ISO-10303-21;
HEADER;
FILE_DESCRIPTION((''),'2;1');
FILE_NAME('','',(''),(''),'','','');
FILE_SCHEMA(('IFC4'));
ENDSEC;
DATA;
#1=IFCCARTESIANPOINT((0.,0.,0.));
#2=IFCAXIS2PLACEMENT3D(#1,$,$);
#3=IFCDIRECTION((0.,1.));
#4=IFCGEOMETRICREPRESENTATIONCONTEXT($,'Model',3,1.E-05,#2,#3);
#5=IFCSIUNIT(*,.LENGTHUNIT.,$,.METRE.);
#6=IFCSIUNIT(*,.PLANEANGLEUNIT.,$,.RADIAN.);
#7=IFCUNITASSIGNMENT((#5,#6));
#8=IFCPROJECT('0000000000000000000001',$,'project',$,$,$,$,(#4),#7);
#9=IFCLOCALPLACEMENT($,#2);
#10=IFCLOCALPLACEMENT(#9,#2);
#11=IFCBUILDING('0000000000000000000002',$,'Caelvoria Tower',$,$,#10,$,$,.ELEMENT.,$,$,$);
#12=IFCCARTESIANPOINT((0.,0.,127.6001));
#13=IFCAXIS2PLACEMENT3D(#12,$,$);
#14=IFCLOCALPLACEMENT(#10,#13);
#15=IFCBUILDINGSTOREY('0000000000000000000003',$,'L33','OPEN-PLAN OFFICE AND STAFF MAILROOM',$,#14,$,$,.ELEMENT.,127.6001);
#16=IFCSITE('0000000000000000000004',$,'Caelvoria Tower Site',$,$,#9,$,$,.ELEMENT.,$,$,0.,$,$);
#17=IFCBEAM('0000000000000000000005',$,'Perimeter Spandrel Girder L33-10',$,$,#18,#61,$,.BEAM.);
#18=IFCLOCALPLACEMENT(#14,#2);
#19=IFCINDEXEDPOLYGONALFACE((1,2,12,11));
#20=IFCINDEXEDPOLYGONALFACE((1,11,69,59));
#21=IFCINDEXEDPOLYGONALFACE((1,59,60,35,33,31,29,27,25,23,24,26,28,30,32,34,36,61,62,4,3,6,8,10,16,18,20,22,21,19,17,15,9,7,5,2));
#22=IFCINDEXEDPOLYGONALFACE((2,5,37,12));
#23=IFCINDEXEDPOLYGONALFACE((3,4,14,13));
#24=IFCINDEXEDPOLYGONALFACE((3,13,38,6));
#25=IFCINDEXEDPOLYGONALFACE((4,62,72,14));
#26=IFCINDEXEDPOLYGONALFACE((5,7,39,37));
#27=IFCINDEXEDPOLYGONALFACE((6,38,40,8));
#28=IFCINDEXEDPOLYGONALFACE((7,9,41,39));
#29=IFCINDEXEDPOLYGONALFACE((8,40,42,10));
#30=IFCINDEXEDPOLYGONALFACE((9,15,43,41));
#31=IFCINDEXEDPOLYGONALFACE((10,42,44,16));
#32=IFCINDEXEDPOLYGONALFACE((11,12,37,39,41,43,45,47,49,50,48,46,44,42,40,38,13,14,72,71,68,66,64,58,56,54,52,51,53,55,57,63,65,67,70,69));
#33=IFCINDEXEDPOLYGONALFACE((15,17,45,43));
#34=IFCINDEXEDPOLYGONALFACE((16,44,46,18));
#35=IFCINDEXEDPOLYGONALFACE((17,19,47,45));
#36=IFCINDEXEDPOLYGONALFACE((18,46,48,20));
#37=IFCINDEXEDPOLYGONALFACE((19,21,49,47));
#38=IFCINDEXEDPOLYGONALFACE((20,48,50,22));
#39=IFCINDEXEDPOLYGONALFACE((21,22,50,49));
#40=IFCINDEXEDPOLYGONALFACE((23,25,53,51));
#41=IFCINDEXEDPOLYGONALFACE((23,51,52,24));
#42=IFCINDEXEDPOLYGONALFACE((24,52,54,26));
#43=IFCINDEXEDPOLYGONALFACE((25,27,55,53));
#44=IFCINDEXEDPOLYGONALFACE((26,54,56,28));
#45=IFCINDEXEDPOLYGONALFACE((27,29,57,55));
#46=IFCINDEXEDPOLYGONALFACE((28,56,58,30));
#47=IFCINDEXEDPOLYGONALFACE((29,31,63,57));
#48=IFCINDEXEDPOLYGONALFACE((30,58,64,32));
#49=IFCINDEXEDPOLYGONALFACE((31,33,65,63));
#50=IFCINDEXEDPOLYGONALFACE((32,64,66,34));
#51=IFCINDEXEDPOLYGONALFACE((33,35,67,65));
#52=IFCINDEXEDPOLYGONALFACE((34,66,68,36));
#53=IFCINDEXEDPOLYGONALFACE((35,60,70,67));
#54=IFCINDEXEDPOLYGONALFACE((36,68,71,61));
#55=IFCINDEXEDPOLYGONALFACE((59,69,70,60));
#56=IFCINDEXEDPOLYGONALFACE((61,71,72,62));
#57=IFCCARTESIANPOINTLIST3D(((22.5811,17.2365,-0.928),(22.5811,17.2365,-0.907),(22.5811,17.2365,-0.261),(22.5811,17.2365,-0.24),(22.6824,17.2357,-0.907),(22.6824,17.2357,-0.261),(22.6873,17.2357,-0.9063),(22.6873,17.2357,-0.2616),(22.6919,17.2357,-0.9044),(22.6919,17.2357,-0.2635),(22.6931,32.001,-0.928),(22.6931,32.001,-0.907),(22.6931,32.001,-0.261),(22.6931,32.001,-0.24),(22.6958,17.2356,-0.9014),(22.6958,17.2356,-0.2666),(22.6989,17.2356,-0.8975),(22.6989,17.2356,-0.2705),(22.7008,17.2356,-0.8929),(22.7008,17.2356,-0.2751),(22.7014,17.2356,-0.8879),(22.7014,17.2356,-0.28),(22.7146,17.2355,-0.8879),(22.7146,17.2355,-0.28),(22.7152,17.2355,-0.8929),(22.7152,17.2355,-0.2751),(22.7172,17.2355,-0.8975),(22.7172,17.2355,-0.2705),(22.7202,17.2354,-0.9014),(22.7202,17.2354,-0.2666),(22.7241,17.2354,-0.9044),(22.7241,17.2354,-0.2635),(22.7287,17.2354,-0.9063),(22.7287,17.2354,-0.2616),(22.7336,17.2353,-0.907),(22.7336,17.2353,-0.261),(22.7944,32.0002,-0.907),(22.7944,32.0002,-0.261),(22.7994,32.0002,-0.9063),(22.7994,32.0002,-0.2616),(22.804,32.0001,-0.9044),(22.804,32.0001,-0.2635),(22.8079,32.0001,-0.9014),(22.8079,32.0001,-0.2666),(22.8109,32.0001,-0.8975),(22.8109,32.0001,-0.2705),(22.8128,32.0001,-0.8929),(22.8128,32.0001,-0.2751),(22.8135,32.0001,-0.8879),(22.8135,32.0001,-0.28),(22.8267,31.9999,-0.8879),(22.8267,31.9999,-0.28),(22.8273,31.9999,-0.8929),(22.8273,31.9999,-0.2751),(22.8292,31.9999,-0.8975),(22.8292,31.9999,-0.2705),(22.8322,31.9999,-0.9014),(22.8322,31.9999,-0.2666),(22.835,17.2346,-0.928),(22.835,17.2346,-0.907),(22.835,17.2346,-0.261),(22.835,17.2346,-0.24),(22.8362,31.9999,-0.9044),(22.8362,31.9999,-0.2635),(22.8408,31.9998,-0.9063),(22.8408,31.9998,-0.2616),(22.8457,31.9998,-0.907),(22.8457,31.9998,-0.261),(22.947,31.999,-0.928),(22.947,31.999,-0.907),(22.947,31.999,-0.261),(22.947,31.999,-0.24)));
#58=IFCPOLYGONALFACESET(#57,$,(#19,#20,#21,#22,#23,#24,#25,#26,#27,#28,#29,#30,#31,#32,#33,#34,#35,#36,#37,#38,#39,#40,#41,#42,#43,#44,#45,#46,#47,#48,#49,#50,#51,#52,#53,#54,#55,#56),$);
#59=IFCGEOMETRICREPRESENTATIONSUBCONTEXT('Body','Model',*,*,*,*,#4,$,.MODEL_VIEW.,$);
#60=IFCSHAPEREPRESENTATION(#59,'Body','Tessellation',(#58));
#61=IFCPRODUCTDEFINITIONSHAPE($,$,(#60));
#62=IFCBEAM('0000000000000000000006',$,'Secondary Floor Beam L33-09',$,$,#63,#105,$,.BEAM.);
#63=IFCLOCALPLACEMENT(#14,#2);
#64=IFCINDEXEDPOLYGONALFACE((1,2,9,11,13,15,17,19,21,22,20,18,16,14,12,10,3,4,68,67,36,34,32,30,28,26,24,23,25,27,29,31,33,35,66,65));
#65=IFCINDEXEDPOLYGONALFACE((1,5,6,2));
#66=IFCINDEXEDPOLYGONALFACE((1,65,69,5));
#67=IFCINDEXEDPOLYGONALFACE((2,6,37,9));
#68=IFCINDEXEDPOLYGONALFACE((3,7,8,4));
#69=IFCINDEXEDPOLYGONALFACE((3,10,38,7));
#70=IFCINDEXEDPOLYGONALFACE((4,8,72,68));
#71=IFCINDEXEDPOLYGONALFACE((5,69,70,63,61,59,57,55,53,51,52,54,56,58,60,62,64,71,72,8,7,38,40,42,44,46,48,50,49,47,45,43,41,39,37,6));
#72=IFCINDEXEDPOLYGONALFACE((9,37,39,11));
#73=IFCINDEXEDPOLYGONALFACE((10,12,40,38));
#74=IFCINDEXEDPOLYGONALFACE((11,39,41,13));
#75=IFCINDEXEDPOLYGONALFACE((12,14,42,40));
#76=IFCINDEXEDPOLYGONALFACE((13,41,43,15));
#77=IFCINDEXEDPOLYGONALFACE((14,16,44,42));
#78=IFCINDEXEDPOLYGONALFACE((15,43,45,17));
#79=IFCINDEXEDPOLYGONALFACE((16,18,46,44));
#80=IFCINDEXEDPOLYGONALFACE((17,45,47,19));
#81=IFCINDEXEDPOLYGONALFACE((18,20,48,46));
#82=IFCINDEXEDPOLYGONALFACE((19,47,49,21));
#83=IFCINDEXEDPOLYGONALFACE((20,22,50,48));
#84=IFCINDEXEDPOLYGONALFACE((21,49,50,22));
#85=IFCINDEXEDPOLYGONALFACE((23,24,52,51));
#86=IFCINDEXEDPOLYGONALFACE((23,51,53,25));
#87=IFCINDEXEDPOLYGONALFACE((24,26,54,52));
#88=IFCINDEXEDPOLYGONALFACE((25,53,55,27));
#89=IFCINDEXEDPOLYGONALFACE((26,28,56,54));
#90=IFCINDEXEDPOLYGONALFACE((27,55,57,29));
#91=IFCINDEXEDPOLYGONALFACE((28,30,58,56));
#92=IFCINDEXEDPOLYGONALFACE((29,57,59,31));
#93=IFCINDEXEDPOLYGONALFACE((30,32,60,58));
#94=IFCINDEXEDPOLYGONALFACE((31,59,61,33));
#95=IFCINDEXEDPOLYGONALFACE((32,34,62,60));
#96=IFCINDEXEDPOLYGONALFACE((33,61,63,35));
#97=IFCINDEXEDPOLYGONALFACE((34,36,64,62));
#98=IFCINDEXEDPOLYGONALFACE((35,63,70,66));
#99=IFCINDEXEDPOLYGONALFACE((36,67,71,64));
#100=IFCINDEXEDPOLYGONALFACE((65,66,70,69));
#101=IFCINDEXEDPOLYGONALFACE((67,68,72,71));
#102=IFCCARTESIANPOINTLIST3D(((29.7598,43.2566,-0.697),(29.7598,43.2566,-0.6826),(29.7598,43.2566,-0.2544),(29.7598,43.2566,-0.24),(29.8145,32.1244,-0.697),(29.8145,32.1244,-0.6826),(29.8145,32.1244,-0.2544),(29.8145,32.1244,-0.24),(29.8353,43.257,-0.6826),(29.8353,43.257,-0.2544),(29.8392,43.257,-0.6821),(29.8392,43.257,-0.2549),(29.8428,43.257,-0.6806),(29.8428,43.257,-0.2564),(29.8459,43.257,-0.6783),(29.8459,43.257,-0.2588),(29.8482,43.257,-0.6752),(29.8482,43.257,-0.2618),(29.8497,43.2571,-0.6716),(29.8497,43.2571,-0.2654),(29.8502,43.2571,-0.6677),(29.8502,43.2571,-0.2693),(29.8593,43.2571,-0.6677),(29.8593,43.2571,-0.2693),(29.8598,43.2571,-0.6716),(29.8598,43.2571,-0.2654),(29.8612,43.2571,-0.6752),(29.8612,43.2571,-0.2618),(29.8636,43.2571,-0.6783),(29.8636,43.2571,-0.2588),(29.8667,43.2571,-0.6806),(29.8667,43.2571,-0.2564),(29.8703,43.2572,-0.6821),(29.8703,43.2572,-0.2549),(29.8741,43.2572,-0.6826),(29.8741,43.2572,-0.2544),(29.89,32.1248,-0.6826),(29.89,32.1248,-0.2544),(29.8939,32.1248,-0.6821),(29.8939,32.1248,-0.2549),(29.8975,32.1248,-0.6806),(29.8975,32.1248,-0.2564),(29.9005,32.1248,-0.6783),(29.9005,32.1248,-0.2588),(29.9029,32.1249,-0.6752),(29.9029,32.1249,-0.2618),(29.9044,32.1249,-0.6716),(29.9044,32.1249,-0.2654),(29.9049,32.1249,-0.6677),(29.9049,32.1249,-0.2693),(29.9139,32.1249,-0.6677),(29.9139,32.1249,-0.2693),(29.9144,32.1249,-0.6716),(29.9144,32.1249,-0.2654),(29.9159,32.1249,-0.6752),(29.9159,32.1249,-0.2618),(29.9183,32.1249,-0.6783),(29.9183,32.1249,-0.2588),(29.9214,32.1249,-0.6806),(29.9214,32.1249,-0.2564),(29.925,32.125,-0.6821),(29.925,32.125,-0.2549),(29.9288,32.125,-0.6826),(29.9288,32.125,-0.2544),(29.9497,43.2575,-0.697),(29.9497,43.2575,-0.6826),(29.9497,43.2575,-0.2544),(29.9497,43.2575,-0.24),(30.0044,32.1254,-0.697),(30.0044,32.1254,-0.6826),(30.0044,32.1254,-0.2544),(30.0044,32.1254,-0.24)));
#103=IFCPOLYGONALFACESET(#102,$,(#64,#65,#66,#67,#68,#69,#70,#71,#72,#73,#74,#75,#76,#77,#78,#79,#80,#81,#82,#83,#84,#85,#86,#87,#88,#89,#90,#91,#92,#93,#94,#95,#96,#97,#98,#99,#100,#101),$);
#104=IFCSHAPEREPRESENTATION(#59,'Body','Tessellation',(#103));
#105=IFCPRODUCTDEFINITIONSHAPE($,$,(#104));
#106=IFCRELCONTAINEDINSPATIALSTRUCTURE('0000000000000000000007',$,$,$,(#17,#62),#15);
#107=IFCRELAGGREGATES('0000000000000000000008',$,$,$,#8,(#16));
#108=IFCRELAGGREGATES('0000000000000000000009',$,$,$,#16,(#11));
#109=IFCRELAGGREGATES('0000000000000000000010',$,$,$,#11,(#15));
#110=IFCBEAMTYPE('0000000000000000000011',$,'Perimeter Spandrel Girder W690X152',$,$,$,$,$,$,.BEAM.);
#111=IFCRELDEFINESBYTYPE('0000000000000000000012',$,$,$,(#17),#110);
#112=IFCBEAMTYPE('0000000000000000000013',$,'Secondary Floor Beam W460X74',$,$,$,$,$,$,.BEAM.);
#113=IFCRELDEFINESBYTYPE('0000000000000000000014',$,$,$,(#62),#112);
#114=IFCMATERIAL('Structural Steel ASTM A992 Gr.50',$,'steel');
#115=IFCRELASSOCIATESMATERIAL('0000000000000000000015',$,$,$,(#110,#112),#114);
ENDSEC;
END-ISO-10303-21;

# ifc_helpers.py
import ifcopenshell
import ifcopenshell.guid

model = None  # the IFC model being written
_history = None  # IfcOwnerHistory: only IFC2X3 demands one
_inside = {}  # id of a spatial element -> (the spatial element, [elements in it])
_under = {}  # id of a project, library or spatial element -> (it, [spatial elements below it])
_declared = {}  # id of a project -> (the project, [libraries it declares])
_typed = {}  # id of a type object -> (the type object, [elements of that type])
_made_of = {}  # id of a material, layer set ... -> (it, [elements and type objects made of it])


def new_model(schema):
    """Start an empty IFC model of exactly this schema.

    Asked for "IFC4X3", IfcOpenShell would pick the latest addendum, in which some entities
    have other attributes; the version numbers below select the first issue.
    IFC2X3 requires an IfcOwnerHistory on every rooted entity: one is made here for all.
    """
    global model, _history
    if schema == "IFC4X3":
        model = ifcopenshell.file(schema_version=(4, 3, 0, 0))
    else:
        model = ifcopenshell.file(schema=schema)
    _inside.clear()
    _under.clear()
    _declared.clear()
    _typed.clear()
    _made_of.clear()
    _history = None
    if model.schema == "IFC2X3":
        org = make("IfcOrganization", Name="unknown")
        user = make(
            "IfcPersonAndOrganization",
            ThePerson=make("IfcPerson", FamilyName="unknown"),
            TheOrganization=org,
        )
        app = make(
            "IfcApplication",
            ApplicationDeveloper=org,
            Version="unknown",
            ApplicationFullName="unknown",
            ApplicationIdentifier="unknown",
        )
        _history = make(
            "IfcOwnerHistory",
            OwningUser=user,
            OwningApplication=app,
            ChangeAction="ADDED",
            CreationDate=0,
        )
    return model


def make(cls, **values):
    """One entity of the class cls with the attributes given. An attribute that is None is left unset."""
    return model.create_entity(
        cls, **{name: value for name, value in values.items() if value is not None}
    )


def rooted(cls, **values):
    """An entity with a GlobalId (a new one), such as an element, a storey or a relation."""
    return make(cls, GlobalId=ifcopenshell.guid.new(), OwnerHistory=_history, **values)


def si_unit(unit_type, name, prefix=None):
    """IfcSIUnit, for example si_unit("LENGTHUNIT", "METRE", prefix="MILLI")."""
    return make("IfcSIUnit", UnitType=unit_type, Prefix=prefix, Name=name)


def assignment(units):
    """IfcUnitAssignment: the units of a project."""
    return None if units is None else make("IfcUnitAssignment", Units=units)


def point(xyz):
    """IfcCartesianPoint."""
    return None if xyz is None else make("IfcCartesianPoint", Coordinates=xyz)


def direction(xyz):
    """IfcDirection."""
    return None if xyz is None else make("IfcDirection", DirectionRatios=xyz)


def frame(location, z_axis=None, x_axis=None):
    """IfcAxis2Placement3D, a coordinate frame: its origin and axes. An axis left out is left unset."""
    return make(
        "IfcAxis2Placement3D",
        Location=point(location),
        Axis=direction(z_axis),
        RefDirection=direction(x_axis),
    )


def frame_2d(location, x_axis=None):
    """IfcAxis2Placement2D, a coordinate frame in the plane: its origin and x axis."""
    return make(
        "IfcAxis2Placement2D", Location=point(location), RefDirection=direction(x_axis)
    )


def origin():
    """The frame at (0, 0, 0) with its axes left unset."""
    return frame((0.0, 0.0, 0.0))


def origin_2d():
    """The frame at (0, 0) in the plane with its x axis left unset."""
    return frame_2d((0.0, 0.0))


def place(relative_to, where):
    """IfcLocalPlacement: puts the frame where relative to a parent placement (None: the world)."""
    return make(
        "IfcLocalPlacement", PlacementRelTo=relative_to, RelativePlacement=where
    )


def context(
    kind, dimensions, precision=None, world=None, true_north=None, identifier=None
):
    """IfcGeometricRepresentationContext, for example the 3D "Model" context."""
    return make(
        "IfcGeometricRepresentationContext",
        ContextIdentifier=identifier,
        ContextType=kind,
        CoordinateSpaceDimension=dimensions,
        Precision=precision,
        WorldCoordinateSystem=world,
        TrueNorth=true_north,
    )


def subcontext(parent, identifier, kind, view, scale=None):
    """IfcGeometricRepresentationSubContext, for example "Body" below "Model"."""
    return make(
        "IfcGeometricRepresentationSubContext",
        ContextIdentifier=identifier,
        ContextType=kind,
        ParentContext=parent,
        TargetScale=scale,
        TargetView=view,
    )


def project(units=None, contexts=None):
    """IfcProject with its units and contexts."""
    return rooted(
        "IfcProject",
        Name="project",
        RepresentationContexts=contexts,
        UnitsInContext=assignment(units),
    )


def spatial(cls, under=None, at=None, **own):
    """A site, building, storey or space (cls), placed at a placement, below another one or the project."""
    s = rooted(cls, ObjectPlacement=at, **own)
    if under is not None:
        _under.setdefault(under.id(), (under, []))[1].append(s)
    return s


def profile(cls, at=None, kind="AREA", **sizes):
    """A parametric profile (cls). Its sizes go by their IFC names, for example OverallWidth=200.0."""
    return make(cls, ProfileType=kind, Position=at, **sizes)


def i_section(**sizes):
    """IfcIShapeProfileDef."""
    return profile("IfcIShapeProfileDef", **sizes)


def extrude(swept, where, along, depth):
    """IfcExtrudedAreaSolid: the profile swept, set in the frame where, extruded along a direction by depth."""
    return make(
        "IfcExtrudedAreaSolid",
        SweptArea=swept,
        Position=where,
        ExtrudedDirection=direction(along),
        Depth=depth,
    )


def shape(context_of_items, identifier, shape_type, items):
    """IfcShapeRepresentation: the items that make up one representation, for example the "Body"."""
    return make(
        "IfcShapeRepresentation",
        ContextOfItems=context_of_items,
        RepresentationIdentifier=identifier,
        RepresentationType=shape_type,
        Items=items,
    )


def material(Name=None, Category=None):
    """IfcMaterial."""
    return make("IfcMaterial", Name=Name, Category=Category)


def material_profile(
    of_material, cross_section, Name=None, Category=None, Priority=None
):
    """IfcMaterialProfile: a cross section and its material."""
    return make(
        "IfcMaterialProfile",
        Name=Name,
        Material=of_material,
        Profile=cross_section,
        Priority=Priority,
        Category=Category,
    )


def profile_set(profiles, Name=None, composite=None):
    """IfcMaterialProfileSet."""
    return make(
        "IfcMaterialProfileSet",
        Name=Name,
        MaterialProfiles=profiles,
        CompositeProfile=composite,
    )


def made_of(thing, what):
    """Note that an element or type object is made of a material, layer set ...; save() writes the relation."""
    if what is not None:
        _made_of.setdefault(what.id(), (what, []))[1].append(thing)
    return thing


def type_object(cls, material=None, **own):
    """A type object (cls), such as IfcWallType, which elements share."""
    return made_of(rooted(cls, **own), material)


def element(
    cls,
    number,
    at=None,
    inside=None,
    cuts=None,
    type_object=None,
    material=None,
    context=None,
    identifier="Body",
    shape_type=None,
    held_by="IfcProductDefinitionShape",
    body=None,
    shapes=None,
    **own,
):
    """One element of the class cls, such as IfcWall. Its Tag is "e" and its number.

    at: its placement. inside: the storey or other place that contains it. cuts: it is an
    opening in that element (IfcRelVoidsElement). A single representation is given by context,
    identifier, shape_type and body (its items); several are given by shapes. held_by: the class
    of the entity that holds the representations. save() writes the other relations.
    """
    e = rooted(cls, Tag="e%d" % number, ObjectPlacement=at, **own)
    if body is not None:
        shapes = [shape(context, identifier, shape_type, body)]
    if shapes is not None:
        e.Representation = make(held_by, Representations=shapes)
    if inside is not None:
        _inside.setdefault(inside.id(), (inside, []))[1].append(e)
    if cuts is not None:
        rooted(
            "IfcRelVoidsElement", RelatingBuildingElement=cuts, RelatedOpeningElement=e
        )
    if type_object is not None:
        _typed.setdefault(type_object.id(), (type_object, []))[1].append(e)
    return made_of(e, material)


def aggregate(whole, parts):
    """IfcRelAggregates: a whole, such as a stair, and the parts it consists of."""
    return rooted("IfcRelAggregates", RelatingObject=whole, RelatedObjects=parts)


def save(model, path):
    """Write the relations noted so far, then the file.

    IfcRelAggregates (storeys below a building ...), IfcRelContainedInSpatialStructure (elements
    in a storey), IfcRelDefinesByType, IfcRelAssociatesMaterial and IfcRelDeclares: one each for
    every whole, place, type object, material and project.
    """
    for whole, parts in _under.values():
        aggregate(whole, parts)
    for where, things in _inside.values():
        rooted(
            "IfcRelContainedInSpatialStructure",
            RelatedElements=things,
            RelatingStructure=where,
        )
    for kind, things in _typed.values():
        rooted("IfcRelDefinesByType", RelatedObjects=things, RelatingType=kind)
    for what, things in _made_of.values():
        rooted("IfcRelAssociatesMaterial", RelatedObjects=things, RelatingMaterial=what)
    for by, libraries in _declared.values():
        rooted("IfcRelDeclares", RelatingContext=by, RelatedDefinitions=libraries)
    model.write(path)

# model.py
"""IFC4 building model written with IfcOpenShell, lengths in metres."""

from ifc_helpers import new_model, si_unit, direction, frame, origin, origin_2d, place, context, subcontext, project, spatial, i_section, extrude, material, material_profile, profile_set, type_object, element, save


model = new_model("IFC4")

# Units and contexts
model_context = context("Model", 3, precision=1e-05, world=origin(), true_north=direction((0.0, 1.0)))
body_context = subcontext(model_context, "Body", "Model", "MODEL_VIEW")
ifc_project = project(units=[si_unit("LENGTHUNIT", "METRE"), si_unit("PLANEANGLEUNIT", "RADIAN")], contexts=[model_context])

# Site, building, storey
site_placement = place(None, origin())
site = spatial("IfcSite", under=ifc_project, at=site_placement, Name="Caelvoria Tower Site", CompositionType="ELEMENT", RefElevation=0.0)
building_placement = place(site_placement, origin())
building = spatial("IfcBuilding", under=site, at=building_placement, Name="Caelvoria Tower", CompositionType="ELEMENT")
storey_placement = place(building_placement, frame((0.0, 0.0, 127.6001)))
storey = spatial("IfcBuildingStorey", under=building, at=storey_placement, Name="L33", Description="OPEN-PLAN OFFICE AND STAFF MAILROOM", CompositionType="ELEMENT", Elevation=127.6001)

# Beams
ifc_material_1 = material(Name="Structural Steel ASTM A992 Gr.50", Category="steel")
ifc_material_profile_1 = material_profile(ifc_material_1, i_section(OverallWidth=0.2539, OverallDepth=0.688, WebThickness=0.0132, FlangeThickness=0.021, FilletRadius=0.019, at=origin_2d()), Name="Structural Steel ASTM A992 Gr.50")
ifc_profile_set_1 = profile_set([ifc_material_profile_1], Name="W690X152 - Structural Steel ASTM A992 Gr.50")
beam_type_1 = type_object("IfcBeamType", Name="Perimeter Spandrel Girder W690X152", PredefinedType="BEAM", material=ifc_profile_set_1)
beam_1_placement = place(storey_placement, frame((22.8201, 32.0, -0.584), z_axis=(-0.00759, -0.999971, 0.0), x_axis=(0.999971, -0.00759, 0.0)))
element("IfcBeam", 1, at=beam_1_placement, inside=storey, type_object=beam_type_1, Name="Perimeter Spandrel Girder L33-10", PredefinedType="BEAM", context=body_context, shape_type="SweptSolid", body=[
    extrude(i_section(OverallWidth=0.2539, OverallDepth=0.688, WebThickness=0.0132, FlangeThickness=0.021, FilletRadius=0.019, at=origin_2d()), origin(), (0.0, 0.0, 1.0), 14.7649),
])
ifc_material_profile_2 = material_profile(ifc_material_1, i_section(OverallWidth=0.1899, OverallDepth=0.457, WebThickness=0.009, FlangeThickness=0.0144, FilletRadius=0.0149, at=origin_2d()), Name="Structural Steel ASTM A992 Gr.50")
ifc_profile_set_2 = profile_set([ifc_material_profile_2], Name="W460X74 - Structural Steel ASTM A992 Gr.50")
beam_type_2 = type_object("IfcBeamType", Name="Secondary Floor Beam W460X74", PredefinedType="BEAM", material=ifc_profile_set_2)
beam_2_placement = place(storey_placement, frame((29.8547, 43.2571, -0.4685), z_axis=(0.004913, -0.999988, 0.0), x_axis=(0.999988, 0.004913, 0.0)))
element("IfcBeam", 2, at=beam_2_placement, inside=storey, type_object=beam_type_2, Name="Secondary Floor Beam L33-09", PredefinedType="BEAM", context=body_context, shape_type="SweptSolid", body=[
    extrude(i_section(OverallWidth=0.1899, OverallDepth=0.457, WebThickness=0.009, FlangeThickness=0.0144, FilletRadius=0.0149, at=origin_2d()), origin(), (0.0, 0.0, 1.0), 11.1323),
])

save(model, "model.ifc")
